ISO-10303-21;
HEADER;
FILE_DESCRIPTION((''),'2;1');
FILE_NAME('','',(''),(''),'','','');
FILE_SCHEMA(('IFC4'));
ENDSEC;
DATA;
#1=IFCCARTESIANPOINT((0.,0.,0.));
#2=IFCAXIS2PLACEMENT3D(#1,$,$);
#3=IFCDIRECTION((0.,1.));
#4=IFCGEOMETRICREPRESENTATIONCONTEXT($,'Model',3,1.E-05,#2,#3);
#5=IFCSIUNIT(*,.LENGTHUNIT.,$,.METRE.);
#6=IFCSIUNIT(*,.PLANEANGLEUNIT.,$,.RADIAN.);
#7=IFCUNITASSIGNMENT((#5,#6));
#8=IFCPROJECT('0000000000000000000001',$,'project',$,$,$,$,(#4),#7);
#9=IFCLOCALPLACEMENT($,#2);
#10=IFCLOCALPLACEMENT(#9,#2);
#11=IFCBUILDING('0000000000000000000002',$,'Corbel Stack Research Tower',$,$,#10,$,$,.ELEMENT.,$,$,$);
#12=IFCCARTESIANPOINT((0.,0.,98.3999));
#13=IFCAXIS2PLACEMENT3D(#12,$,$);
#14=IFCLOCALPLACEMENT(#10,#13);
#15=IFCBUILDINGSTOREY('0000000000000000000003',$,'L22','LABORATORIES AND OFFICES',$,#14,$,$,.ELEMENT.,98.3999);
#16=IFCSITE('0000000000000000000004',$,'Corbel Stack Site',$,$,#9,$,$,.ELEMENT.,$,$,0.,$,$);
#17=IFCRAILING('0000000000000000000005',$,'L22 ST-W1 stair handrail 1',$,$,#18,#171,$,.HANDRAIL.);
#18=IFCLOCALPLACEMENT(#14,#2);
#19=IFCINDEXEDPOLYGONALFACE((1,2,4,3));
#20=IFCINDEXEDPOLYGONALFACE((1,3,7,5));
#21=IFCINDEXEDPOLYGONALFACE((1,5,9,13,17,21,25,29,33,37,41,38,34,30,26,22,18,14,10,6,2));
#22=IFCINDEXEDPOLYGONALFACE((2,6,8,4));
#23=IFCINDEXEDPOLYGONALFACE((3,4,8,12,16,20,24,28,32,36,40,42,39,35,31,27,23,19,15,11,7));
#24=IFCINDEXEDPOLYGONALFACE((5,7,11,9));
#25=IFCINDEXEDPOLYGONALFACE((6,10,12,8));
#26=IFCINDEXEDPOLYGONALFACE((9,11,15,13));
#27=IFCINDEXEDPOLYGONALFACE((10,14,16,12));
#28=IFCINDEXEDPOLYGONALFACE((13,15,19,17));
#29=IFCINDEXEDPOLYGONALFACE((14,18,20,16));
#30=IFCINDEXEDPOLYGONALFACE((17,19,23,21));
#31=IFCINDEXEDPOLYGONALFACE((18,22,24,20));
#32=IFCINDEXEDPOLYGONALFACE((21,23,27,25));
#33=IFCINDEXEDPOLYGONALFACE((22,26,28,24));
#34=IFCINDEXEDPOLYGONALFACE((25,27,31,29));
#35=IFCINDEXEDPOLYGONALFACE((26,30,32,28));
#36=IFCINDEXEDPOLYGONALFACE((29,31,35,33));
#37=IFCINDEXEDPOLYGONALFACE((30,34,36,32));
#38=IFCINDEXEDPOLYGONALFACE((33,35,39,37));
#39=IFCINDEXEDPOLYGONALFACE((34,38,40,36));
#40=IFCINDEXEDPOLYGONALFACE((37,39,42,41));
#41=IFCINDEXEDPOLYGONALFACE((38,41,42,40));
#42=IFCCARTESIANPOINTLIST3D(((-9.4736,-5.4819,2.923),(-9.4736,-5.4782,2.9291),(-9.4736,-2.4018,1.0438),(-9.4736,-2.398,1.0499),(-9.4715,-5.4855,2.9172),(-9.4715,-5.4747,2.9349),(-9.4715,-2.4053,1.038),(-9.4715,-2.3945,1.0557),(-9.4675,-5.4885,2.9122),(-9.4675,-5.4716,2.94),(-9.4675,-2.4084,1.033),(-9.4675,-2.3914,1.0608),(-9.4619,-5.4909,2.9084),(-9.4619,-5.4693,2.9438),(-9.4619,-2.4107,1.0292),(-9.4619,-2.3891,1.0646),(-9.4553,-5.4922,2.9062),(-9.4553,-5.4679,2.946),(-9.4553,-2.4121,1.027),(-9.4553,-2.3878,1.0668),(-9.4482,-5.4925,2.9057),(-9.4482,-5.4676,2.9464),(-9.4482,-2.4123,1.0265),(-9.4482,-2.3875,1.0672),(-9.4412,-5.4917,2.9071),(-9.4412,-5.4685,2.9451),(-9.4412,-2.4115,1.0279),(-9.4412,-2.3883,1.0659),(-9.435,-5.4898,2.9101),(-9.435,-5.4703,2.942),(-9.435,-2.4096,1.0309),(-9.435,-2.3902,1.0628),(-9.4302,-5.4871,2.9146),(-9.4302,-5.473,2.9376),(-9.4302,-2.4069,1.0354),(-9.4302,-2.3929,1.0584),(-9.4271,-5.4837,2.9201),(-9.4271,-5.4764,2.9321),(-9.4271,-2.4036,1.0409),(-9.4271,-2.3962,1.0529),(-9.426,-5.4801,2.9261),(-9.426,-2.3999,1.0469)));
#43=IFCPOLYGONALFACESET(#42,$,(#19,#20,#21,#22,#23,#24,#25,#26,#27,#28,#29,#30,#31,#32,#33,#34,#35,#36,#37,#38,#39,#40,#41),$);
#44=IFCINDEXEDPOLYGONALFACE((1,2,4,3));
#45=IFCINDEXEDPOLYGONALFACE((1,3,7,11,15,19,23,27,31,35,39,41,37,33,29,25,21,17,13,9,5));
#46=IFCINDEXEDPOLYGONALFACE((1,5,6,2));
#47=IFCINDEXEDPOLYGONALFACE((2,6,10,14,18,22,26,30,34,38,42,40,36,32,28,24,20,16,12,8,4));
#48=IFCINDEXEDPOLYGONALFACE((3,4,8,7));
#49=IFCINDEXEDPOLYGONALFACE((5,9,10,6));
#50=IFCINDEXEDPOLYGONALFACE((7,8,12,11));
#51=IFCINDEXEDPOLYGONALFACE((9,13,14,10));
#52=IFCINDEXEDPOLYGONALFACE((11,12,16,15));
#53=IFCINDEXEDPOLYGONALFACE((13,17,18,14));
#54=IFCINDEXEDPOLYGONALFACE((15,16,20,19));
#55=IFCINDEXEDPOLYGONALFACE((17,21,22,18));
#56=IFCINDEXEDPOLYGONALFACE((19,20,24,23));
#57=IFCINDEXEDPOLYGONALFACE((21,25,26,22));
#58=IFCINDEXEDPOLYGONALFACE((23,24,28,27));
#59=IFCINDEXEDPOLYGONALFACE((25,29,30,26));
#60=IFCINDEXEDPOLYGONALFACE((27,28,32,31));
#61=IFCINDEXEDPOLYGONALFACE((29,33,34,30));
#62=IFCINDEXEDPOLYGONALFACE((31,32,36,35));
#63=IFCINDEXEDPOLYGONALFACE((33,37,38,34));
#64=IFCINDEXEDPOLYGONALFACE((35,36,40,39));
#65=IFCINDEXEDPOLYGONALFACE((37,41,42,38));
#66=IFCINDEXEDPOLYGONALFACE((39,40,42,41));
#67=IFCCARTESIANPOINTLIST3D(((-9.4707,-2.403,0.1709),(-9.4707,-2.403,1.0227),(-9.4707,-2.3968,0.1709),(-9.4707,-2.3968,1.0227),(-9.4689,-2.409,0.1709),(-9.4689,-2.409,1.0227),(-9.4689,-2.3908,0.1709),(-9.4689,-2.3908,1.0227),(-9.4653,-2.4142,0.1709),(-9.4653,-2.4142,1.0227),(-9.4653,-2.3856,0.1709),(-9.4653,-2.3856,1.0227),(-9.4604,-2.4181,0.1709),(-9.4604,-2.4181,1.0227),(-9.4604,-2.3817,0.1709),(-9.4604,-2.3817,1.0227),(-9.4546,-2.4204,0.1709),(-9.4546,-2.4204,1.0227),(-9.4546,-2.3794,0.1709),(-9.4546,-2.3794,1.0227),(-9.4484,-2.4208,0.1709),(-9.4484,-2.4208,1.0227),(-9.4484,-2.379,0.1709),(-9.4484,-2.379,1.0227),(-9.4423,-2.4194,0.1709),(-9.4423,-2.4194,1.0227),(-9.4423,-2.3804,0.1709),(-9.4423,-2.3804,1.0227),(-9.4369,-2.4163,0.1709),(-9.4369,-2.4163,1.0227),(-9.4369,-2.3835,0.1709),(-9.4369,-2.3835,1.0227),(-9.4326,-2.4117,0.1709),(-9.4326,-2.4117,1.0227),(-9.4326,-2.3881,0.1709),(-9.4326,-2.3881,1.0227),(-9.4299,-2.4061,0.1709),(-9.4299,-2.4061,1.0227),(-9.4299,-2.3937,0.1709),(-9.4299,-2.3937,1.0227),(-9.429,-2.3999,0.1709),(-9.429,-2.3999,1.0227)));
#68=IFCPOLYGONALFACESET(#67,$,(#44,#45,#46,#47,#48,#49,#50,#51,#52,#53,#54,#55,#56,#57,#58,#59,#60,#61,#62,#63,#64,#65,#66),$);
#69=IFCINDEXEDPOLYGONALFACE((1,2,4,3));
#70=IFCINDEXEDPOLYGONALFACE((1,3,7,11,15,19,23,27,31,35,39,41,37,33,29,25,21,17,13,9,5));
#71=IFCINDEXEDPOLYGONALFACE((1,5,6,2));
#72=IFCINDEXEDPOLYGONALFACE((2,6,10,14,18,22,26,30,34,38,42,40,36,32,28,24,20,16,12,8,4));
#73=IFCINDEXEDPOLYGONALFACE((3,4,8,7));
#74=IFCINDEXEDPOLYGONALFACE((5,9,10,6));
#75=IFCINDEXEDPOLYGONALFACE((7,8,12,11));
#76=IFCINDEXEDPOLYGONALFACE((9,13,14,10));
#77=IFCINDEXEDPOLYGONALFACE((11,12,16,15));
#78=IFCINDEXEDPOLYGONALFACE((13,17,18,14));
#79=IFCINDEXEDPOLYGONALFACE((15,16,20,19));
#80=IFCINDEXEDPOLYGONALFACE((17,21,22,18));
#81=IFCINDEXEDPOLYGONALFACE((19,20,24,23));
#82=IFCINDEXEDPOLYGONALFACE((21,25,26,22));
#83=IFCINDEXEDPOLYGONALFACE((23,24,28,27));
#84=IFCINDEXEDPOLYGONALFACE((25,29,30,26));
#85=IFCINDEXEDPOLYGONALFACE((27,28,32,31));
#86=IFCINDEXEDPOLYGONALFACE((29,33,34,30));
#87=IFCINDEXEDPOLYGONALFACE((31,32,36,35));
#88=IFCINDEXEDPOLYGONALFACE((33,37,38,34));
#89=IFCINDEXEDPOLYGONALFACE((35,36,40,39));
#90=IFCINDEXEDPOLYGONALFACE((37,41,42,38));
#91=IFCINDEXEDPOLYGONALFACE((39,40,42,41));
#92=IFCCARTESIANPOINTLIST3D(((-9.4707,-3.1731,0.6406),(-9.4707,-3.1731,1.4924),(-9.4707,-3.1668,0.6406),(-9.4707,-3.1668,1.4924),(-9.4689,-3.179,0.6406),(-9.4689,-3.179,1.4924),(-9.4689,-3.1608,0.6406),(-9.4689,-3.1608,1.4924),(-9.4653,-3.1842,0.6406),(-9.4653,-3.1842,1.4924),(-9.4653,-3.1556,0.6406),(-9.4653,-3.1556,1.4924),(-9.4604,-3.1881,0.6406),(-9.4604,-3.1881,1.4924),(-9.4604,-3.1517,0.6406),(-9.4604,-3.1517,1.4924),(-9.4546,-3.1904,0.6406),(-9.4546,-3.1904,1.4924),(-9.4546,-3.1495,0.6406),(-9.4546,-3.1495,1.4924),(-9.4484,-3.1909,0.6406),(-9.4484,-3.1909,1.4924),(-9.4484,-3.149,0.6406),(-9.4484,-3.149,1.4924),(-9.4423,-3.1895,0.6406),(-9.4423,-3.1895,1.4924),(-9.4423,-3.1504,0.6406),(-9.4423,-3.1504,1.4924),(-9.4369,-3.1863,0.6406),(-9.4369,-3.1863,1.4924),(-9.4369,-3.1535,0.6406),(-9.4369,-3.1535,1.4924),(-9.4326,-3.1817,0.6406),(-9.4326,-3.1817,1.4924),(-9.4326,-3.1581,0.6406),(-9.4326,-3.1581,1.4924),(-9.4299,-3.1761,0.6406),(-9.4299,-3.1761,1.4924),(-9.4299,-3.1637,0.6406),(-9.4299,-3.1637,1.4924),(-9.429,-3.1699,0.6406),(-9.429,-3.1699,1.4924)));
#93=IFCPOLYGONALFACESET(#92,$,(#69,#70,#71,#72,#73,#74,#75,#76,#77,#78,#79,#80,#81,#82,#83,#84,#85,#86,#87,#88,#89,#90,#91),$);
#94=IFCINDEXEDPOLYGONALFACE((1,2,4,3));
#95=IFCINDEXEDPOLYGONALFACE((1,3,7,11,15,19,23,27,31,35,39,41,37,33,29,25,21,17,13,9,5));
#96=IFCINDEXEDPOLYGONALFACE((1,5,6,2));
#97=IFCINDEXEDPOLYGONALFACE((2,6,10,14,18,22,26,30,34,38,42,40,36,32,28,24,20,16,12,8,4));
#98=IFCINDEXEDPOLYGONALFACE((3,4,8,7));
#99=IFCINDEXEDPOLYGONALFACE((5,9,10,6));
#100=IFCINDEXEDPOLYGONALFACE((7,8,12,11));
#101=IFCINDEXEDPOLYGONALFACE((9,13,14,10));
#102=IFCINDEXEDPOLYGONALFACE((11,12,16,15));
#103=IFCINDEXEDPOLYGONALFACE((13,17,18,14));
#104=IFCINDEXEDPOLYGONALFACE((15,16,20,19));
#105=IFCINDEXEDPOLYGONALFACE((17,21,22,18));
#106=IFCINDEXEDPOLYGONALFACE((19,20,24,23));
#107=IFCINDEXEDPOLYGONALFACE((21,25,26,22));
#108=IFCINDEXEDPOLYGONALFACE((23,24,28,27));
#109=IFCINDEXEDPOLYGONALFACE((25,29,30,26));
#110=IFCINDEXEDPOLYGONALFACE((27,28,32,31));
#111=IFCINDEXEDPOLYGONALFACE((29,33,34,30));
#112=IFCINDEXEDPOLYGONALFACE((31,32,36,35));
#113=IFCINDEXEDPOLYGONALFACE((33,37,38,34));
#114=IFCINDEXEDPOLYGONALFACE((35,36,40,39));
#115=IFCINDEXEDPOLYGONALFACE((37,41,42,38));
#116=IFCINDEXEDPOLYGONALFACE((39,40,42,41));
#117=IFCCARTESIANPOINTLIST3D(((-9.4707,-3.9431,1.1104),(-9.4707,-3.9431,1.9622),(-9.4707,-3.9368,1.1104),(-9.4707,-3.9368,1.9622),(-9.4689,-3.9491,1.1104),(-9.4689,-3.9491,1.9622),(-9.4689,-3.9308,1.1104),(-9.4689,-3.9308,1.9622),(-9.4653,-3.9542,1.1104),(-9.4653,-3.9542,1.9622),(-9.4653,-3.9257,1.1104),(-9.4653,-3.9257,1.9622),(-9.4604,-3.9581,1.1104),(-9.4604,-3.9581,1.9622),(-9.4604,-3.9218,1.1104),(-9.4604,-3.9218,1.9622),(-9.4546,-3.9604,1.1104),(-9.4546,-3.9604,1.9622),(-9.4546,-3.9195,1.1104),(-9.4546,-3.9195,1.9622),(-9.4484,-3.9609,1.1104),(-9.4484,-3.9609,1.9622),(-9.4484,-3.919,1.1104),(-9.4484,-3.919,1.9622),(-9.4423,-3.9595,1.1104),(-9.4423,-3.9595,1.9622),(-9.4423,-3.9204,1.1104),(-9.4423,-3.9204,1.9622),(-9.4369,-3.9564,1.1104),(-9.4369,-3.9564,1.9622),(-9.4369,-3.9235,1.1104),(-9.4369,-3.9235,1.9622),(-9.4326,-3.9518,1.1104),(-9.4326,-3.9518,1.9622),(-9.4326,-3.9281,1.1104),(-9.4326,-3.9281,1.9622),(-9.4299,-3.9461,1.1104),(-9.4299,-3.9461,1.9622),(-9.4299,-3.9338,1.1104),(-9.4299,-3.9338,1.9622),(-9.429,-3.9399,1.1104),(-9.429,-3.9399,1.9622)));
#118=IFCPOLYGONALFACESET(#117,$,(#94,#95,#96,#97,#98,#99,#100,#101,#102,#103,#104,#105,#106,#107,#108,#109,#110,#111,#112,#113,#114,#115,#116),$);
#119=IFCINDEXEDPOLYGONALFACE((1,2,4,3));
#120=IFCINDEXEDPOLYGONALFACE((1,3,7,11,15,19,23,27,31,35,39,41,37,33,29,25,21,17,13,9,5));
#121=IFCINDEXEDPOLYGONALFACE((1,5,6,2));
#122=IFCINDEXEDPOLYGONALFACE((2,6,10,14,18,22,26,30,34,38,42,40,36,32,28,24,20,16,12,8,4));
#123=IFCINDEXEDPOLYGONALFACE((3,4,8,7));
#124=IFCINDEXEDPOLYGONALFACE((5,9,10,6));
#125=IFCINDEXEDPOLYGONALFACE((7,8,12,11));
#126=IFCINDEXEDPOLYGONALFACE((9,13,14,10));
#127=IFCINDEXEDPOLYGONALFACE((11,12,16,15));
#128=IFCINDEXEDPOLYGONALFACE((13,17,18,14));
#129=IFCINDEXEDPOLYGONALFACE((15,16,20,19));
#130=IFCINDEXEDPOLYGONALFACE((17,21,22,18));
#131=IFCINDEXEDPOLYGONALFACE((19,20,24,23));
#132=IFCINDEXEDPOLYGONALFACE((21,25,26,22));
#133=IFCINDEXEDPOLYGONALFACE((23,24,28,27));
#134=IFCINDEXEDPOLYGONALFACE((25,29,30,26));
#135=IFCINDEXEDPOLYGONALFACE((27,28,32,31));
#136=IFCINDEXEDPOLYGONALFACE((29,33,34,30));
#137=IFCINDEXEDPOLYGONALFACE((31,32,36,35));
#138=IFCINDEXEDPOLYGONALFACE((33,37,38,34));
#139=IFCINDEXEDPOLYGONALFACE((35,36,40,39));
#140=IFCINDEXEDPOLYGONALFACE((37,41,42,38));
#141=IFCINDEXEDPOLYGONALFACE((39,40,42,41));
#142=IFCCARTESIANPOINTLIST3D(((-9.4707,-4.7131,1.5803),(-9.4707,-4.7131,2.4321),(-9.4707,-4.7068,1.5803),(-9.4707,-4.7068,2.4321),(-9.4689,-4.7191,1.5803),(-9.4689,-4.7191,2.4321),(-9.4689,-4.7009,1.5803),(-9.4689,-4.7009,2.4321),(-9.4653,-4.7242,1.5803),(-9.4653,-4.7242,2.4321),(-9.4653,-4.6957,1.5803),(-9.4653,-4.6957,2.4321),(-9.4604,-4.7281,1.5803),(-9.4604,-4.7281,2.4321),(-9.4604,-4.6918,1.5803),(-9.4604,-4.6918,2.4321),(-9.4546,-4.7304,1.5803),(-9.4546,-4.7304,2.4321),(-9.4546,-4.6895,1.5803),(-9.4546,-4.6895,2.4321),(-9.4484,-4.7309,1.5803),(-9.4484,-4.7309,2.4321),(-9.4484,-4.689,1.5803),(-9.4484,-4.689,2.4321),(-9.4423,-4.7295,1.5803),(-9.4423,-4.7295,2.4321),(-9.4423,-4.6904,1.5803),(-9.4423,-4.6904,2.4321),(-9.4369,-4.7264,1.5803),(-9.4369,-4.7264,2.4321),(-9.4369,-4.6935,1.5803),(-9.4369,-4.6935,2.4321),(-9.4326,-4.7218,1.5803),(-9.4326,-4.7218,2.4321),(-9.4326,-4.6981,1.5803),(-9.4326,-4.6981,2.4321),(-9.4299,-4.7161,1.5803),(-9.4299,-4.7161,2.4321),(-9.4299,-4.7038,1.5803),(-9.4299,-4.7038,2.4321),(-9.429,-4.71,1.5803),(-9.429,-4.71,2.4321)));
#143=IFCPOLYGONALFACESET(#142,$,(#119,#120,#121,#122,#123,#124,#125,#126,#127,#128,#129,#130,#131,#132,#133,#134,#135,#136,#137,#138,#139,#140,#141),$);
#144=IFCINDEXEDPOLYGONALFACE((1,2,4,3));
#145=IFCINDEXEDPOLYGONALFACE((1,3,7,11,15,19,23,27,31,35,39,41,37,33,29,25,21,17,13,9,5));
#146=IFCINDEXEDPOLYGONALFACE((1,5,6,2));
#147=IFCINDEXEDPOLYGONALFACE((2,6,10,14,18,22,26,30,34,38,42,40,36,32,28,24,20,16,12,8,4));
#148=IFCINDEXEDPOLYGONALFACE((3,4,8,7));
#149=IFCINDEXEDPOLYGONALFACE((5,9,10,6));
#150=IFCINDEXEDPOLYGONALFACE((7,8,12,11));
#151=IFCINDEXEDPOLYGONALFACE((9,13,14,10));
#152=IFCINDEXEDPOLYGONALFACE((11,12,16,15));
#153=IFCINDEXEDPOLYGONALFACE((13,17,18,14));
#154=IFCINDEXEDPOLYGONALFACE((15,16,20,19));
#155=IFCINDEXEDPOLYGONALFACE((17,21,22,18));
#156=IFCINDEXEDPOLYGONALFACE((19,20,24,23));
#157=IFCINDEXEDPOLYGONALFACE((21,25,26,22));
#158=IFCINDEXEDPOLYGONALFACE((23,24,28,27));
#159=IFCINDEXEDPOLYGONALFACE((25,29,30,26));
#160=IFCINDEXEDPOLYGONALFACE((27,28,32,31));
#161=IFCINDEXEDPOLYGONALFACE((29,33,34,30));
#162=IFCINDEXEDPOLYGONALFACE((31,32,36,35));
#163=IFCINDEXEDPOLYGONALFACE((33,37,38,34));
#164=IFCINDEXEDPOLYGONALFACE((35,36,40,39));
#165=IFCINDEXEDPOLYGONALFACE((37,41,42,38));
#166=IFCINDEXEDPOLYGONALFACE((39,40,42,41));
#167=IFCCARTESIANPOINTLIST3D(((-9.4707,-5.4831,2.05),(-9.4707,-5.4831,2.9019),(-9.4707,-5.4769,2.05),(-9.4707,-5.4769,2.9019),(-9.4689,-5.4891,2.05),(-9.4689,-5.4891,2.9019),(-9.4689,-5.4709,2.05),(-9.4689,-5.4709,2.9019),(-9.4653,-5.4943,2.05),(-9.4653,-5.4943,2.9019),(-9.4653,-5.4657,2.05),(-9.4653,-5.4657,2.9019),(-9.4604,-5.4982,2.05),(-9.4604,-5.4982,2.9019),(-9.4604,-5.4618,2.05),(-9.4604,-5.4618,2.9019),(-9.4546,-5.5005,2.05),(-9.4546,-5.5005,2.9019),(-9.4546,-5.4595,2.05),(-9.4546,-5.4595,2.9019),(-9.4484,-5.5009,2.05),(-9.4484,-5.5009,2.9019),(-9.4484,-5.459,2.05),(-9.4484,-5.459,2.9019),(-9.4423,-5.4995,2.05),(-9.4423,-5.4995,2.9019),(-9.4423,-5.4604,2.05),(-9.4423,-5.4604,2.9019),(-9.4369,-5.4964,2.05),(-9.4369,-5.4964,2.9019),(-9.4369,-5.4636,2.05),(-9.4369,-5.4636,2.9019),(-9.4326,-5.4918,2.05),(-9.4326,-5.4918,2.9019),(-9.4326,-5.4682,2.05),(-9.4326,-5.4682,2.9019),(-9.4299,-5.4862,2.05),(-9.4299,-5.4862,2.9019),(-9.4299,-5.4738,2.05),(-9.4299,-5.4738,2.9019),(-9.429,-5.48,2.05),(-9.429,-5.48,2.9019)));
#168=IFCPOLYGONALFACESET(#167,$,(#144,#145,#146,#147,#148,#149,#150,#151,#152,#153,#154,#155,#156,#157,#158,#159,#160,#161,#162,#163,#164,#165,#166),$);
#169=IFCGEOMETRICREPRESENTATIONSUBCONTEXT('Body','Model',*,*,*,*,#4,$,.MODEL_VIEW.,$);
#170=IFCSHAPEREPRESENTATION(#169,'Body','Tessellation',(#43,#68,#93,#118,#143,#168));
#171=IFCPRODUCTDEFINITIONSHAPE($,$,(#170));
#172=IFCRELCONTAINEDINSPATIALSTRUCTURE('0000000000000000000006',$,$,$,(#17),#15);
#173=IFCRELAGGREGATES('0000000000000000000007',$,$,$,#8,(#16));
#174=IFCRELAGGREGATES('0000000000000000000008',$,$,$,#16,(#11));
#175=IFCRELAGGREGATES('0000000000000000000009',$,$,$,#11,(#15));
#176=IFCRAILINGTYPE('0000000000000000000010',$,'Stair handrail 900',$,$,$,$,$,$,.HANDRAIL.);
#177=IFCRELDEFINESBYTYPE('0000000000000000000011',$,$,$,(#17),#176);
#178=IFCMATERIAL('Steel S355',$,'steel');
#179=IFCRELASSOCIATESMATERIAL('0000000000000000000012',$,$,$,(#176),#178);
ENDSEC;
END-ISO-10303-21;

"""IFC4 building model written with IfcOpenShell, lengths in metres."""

from ifc_helpers import new_model, si_unit, direction, frame, origin, origin_2d, place, context, subcontext, project, spatial, circle, extrude, material, type_object, element, save


model = new_model("IFC4")

# Units and contexts
model_context = context("Model", 3, precision=1e-05, world=origin(), true_north=direction((0.0, 1.0)))
body_context = subcontext(model_context, "Body", "Model", "MODEL_VIEW")
ifc_project = project(units=[si_unit("LENGTHUNIT", "METRE"), si_unit("PLANEANGLEUNIT", "RADIAN")], contexts=[model_context])

# Site, building, storey
site_placement = place(None, origin())
site = spatial("IfcSite", under=ifc_project, at=site_placement, Name="Corbel Stack Site", CompositionType="ELEMENT", RefElevation=0.0)
building_placement = place(site_placement, origin())
building = spatial("IfcBuilding", under=site, at=building_placement, Name="Corbel Stack Research Tower", CompositionType="ELEMENT")
storey_placement = place(building_placement, frame((0.0, 0.0, 98.3999)))
storey = spatial("IfcBuildingStorey", under=building, at=storey_placement, Name="L22", Description="LABORATORIES AND OFFICES", CompositionType="ELEMENT", Elevation=98.3999)

# Railing
ifc_material_1 = material(Name="Steel S355", Category="steel")
railing_type_1 = type_object("IfcRailingType", Name="Stair handrail 900", PredefinedType="HANDRAIL", material=ifc_material_1)
railing_1_placement = place(storey_placement, frame((-9.45, -2.3999, 0.1709)))
element("IfcRailing", 1, at=railing_1_placement, inside=storey, type_object=railing_type_1, Name="L22 ST-W1 stair handrail 1", PredefinedType="HANDRAIL", context=body_context, shape_type="SweptSolid", body=[
    extrude(circle(Radius=0.0239, at=origin_2d()), frame((0.0, 0.0, 0.876), z_axis=(0.0, -0.853666, 0.52082), x_axis=(1.0, 0.0, 0.0)), (0.0, 0.0, 1.0), 3.6082),
    extrude(circle(Radius=0.021, at=origin_2d()), origin(), (0.0, 0.0, 1.0), 0.8518),
    extrude(circle(Radius=0.021, at=origin_2d()), frame((0.0, -0.77, 0.4697)), (0.0, 0.0, 1.0), 0.8518),
    extrude(circle(Radius=0.021, at=origin_2d()), frame((0.0, -1.54, 0.9395)), (0.0, 0.0, 1.0), 0.8518),
    extrude(circle(Radius=0.021, at=origin_2d()), frame((0.0, -2.3101, 1.4094)), (0.0, 0.0, 1.0), 0.8518),
    extrude(circle(Radius=0.021, at=origin_2d()), frame((0.0, -3.0801, 1.8792)), (0.0, 0.0, 1.0), 0.8518),
])

save(model, "model.ifc")
